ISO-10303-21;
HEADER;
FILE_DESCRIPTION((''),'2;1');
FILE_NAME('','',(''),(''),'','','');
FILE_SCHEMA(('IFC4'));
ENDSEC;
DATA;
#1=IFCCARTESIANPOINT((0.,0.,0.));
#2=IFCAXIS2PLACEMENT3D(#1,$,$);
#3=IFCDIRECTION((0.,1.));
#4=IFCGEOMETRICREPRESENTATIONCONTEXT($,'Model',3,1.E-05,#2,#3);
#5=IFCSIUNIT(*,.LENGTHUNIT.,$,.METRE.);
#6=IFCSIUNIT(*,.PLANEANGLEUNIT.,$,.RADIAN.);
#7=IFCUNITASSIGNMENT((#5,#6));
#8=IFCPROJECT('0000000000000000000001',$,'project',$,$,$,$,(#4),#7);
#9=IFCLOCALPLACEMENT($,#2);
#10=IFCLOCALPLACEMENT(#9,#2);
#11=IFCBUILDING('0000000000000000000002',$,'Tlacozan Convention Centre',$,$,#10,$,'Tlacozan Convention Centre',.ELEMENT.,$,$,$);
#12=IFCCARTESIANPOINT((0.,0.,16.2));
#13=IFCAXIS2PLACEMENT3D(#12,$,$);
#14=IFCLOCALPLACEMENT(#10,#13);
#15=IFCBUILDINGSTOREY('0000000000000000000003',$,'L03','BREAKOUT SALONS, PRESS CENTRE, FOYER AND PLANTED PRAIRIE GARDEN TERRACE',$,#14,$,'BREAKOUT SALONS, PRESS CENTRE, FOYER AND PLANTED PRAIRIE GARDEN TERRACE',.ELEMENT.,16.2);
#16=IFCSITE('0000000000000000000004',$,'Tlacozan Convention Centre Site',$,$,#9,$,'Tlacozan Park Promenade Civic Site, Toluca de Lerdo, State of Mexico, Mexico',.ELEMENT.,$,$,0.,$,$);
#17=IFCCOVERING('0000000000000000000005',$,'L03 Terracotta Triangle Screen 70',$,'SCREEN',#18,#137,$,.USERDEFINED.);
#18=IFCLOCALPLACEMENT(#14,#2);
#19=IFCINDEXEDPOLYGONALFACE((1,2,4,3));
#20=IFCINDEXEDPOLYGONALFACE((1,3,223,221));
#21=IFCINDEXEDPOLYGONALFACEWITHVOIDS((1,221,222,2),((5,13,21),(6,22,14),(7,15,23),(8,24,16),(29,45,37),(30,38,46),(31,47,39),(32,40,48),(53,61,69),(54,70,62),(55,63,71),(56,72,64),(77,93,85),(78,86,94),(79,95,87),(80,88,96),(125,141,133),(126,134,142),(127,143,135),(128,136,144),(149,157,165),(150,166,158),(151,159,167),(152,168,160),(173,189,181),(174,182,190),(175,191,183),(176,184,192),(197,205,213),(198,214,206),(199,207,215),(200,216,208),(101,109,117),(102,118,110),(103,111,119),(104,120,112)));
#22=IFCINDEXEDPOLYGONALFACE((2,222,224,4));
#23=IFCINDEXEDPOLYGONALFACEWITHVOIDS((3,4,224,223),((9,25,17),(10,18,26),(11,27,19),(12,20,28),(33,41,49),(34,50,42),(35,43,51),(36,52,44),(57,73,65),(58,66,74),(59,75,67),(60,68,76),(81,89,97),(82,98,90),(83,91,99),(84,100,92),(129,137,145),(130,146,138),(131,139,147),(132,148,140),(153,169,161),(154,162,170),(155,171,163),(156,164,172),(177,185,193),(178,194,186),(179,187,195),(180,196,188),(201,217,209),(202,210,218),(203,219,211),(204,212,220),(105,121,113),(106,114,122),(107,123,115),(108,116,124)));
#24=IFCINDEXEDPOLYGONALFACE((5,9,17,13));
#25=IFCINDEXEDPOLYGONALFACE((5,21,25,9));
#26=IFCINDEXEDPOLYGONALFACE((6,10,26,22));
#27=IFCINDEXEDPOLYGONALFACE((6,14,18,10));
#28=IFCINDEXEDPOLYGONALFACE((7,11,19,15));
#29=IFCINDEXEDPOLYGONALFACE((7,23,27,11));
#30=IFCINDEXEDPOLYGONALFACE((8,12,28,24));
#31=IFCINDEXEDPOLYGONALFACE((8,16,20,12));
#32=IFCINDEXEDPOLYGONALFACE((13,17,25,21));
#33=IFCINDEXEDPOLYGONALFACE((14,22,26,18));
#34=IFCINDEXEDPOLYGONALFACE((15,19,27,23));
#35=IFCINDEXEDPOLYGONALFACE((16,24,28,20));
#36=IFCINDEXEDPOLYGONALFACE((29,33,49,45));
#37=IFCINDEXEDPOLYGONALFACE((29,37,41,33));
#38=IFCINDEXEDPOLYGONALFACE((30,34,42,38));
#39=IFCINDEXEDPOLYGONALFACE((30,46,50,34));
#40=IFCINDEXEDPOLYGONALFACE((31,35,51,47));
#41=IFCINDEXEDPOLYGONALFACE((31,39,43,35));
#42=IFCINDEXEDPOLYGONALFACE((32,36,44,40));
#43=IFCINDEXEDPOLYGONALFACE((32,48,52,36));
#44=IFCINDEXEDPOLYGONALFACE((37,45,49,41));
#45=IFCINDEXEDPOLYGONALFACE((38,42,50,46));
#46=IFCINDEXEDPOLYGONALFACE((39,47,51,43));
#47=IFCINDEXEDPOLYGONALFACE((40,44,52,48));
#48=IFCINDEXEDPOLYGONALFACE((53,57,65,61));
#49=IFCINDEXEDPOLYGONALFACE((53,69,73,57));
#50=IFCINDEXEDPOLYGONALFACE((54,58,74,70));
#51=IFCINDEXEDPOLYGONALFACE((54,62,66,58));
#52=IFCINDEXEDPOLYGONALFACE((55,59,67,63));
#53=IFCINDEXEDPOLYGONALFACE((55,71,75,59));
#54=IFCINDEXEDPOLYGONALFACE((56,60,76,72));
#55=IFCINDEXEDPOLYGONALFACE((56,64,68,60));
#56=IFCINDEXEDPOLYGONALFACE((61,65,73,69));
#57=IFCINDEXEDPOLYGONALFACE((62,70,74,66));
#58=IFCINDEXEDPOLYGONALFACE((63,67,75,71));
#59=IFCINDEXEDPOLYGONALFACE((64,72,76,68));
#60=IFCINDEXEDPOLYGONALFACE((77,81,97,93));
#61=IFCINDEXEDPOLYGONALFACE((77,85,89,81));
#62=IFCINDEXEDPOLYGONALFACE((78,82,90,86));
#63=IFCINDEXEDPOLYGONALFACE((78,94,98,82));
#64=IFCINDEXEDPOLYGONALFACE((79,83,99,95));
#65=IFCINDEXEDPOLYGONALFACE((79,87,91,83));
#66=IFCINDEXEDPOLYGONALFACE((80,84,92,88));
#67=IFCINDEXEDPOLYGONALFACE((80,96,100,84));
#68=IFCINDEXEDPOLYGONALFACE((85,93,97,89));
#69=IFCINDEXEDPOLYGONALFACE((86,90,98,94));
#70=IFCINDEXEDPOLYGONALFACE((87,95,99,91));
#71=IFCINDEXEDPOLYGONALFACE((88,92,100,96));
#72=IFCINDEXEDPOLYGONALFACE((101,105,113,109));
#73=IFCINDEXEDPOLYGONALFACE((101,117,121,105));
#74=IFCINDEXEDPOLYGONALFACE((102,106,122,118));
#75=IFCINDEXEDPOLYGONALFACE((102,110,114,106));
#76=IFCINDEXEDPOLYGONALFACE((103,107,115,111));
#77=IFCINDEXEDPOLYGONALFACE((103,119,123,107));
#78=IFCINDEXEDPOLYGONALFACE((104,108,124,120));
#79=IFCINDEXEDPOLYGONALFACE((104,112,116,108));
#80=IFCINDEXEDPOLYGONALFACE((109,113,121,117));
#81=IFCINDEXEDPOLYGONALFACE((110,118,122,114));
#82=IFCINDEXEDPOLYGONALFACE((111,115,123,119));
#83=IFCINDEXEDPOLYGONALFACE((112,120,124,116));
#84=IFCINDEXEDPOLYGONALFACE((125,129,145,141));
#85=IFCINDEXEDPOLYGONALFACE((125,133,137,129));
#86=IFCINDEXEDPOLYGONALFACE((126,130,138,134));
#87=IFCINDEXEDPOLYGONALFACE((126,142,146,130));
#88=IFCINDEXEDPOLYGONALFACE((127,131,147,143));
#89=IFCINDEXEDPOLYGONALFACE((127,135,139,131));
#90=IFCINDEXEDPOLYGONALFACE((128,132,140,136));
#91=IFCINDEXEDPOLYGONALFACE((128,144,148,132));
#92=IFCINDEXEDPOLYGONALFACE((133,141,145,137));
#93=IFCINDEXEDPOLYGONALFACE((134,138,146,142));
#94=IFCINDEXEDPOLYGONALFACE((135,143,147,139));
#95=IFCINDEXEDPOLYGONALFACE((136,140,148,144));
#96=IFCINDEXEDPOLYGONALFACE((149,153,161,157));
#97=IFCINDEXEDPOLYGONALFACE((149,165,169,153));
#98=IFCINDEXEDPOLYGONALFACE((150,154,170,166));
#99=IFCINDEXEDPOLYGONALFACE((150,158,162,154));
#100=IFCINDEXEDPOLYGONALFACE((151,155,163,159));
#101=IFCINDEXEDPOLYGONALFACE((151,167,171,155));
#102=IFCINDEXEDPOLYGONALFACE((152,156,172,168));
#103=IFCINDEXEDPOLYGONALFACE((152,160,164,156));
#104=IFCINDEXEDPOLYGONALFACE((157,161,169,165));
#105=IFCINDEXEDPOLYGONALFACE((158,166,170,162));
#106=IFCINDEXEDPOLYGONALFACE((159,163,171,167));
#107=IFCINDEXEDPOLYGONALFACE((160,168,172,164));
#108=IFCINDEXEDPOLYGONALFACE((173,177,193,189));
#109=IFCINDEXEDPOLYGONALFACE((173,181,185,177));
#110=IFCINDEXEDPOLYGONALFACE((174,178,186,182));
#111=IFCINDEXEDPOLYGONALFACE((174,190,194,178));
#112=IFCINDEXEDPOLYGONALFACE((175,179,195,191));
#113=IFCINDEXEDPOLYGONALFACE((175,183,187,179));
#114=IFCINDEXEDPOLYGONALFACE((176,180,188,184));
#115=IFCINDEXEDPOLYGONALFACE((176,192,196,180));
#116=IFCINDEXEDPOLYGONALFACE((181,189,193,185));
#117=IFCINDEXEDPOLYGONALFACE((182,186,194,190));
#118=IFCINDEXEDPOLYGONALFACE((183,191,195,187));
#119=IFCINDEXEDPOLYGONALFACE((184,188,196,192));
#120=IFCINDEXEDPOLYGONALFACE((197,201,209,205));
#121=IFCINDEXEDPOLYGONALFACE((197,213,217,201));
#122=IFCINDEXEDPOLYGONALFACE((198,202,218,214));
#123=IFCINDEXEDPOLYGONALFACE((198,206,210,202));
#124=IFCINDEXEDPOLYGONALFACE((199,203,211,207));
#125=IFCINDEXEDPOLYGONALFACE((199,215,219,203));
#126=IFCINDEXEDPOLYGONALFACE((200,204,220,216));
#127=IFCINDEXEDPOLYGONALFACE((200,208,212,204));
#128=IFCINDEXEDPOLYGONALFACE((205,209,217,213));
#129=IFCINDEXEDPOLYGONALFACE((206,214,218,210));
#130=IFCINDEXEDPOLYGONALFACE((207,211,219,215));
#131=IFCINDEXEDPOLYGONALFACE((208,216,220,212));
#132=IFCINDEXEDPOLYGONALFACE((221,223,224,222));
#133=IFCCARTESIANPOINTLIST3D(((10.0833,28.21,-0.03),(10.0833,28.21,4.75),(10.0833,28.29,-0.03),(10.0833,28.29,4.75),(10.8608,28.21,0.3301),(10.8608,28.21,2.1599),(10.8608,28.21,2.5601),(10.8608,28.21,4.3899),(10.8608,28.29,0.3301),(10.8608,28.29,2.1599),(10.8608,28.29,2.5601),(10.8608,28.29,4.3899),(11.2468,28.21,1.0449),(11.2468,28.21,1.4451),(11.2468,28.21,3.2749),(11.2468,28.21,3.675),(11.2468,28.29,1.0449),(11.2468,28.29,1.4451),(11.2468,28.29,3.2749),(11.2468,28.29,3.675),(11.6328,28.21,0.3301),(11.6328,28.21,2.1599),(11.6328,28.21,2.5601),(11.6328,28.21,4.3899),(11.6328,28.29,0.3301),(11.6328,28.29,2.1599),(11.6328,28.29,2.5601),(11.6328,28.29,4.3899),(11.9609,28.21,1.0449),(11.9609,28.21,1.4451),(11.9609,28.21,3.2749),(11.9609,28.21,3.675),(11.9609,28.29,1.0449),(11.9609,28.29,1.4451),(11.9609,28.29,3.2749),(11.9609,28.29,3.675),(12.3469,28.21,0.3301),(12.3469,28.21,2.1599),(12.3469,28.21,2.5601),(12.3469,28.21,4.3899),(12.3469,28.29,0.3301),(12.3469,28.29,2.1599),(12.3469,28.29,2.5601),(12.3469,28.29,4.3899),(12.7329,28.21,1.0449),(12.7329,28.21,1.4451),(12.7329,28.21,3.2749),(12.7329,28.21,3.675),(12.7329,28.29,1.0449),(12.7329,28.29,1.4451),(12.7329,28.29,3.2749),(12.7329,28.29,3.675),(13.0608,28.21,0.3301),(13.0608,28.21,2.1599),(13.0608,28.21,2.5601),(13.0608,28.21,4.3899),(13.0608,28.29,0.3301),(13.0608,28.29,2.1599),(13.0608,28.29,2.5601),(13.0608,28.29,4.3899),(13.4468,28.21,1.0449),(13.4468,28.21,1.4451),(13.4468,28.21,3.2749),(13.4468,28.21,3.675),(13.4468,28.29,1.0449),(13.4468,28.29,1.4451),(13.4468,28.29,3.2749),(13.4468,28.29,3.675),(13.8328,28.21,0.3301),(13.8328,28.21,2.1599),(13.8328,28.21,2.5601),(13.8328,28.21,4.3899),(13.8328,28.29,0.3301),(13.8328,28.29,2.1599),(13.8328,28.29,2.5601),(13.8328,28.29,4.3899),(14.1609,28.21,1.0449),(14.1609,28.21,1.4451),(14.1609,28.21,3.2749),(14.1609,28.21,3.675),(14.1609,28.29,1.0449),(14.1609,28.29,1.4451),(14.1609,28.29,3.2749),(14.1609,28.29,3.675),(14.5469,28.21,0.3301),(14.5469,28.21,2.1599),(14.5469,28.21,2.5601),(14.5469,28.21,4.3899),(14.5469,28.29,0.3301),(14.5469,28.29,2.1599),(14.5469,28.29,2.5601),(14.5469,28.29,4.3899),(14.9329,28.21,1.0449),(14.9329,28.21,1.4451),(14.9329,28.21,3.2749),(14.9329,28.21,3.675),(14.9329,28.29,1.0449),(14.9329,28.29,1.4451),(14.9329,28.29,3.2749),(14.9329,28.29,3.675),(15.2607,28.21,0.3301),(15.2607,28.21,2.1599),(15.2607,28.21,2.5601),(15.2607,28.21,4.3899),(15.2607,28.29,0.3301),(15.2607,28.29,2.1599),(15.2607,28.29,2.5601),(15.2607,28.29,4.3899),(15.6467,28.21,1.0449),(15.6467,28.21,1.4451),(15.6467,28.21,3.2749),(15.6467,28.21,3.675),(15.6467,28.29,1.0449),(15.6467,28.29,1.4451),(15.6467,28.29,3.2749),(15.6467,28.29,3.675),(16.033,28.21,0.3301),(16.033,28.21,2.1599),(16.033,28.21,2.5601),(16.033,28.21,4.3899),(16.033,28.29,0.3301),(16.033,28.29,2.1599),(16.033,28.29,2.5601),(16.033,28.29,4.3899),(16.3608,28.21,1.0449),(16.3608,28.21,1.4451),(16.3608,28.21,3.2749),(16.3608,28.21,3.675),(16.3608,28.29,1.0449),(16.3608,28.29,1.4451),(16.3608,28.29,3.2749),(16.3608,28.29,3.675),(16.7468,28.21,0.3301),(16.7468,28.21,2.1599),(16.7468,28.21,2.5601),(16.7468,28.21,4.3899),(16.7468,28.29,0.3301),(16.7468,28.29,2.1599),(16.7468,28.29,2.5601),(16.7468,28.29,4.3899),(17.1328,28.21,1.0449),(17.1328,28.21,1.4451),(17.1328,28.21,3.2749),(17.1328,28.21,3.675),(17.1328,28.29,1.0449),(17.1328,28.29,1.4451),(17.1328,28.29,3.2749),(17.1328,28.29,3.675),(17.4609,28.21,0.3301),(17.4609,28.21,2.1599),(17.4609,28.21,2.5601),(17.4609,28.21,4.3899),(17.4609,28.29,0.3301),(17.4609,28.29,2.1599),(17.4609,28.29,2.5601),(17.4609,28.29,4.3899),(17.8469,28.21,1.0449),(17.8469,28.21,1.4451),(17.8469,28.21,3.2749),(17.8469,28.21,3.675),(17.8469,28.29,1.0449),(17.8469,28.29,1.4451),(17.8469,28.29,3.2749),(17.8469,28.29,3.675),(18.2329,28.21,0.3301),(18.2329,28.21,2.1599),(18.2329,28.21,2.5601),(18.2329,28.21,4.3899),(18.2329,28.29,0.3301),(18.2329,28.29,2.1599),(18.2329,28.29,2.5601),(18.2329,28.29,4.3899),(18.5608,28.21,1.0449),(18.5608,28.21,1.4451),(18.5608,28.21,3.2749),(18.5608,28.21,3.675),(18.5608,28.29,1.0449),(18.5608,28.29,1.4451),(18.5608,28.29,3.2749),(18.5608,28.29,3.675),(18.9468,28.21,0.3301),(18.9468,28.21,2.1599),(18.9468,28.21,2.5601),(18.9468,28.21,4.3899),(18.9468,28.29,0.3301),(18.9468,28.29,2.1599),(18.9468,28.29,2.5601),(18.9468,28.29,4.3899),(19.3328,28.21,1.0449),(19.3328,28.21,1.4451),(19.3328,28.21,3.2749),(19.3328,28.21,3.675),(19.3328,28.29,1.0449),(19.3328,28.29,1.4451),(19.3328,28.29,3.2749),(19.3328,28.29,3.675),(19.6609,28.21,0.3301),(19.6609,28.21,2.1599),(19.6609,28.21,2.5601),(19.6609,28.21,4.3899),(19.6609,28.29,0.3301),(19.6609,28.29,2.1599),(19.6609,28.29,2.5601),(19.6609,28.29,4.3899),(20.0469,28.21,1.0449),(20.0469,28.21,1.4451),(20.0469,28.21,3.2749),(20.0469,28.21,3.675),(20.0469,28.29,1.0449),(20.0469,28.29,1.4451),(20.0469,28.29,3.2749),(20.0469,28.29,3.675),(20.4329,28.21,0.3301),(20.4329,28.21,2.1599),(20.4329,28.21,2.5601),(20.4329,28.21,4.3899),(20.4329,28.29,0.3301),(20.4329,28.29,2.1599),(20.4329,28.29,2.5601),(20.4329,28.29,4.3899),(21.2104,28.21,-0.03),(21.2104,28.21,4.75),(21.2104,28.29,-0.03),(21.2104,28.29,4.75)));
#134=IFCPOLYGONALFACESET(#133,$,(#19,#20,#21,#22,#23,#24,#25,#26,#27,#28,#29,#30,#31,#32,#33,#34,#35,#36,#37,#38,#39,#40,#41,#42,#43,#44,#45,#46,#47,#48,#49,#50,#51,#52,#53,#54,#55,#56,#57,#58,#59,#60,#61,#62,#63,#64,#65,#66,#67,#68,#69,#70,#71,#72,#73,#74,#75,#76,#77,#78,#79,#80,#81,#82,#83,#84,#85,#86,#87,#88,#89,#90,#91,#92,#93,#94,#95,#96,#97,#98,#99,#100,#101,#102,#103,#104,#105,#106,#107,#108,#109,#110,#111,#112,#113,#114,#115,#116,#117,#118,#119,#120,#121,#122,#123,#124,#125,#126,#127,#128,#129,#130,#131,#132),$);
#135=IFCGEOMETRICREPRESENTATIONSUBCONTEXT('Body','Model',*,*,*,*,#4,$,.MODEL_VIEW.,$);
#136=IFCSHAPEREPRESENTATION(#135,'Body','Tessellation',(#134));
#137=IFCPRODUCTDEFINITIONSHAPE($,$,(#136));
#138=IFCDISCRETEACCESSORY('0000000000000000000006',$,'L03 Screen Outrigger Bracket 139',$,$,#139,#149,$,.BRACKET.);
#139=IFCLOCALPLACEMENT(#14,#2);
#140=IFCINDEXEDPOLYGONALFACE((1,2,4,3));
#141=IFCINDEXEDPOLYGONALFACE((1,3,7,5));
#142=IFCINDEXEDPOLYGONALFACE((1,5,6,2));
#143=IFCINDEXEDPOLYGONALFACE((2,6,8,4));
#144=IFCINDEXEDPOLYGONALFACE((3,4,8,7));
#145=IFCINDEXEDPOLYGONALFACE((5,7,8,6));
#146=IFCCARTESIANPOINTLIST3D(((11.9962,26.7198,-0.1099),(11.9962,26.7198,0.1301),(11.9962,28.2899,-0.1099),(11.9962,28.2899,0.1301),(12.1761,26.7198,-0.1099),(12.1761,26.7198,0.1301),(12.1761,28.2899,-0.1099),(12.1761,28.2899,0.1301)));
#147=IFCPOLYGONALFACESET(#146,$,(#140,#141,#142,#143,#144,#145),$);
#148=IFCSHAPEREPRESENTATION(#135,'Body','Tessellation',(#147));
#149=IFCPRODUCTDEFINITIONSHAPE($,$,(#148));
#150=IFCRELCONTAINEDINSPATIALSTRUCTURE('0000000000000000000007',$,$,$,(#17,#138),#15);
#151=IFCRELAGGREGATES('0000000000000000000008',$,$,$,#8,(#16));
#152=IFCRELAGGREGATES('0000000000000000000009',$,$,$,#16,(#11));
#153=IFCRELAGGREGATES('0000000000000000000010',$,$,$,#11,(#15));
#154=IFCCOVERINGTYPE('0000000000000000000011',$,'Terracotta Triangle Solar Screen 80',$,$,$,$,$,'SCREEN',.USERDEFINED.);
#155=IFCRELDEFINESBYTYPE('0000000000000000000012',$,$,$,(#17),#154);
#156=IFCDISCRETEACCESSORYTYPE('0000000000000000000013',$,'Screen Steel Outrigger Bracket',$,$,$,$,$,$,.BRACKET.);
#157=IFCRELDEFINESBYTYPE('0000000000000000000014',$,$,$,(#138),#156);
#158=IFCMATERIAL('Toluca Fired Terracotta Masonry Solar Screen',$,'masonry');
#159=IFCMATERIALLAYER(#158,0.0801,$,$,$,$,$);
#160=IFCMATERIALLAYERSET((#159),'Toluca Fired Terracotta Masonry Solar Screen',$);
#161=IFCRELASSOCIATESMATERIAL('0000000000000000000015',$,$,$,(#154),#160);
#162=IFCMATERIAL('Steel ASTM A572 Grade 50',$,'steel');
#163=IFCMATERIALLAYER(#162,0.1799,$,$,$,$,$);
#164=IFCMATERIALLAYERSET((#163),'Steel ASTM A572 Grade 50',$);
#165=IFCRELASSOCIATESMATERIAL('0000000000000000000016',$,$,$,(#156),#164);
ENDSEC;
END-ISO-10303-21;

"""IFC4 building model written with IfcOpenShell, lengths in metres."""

from ifc_helpers import new_model, si_unit, direction, frame, origin, origin_2d, place, context, subcontext, project, spatial, polyline, rectangle, outline, extrude, material, layer, layer_set, type_object, element, save


model = new_model("IFC4")

# Units and contexts
model_context = context("Model", 3, precision=1e-05, world=origin(), true_north=direction((0.0, 1.0)))
body_context = subcontext(model_context, "Body", "Model", "MODEL_VIEW")
ifc_project = project(units=[si_unit("LENGTHUNIT", "METRE"), si_unit("PLANEANGLEUNIT", "RADIAN")], contexts=[model_context])

# Site, building, storey
site_placement = place(None, origin())
site = spatial("IfcSite", under=ifc_project, at=site_placement, Name="Tlacozan Convention Centre Site", LongName="Tlacozan Park Promenade Civic Site, Toluca de Lerdo, State of Mexico, Mexico", CompositionType="ELEMENT", RefElevation=0.0)
building_placement = place(site_placement, origin())
building = spatial("IfcBuilding", under=site, at=building_placement, Name="Tlacozan Convention Centre", LongName="Tlacozan Convention Centre", CompositionType="ELEMENT")
storey_placement = place(building_placement, frame((0.0, 0.0, 16.2)))
storey = spatial("IfcBuildingStorey", under=building, at=storey_placement, Name="L03", Description="BREAKOUT SALONS, PRESS CENTRE, FOYER AND PLANTED PRAIRIE GARDEN TERRACE", LongName="BREAKOUT SALONS, PRESS CENTRE, FOYER AND PLANTED PRAIRIE GARDEN TERRACE", CompositionType="ELEMENT", Elevation=16.2)

# Covering
ifc_material_1 = material(Name="Toluca Fired Terracotta Masonry Solar Screen", Category="masonry")
ifc_layer_1 = layer(ifc_material_1, 0.0801)
ifc_layer_set_1 = layer_set([ifc_layer_1], Name="Toluca Fired Terracotta Masonry Solar Screen")
covering_type = type_object("IfcCoveringType", Name="Terracotta Triangle Solar Screen 80", ElementType="SCREEN", PredefinedType="USERDEFINED", material=ifc_layer_set_1)
covering_placement = place(storey_placement, frame((10.0833, 28.25, -0.03), z_axis=(0.0, 0.0, 1.0), x_axis=(1.0, 0.0, 0.0)))
element("IfcCovering", 1, at=covering_placement, inside=storey, type_object=covering_type, Name="L03 Terracotta Triangle Screen 70", ObjectType="SCREEN", PredefinedType="USERDEFINED", context=body_context, shape_type="SweptSolid", body=[
    extrude(outline(polyline([(0.0, 0.0), (11.1272, 0.0), (11.1272, 4.78), (0.0, 4.78), (0.0, 0.0)]), holes=[polyline([(0.7776, 0.3601), (1.5496, 0.3601), (1.1636, 1.075), (0.7776, 0.3601)]), polyline([(1.8777, 1.075), (2.6497, 1.075), (2.2637, 0.3601), (1.8777, 1.075)]), polyline([(2.9775, 0.3601), (3.7495, 0.3601), (3.3635, 1.075), (2.9775, 0.3601)]), polyline([(4.0776, 1.075), (4.8496, 1.075), (4.4636, 0.3601), (4.0776, 1.075)]), polyline([(5.1775, 0.3601), (5.9497, 0.3601), (5.5635, 1.075), (5.1775, 0.3601)]), polyline([(6.2776, 1.075), (7.0496, 1.075), (6.6636, 0.3601), (6.2776, 1.075)]), polyline([(7.3777, 0.3601), (8.1497, 0.3601), (7.7637, 1.075), (7.3777, 0.3601)]), polyline([(8.4775, 1.075), (9.2495, 1.075), (8.8635, 0.3601), (8.4775, 1.075)]), polyline([(9.5776, 0.3601), (10.3496, 0.3601), (9.9636, 1.075), (9.5776, 0.3601)]), polyline([(0.7776, 2.1899), (1.5496, 2.1899), (1.1636, 1.4751), (0.7776, 2.1899)]), polyline([(1.8777, 1.4751), (2.6497, 1.4751), (2.2637, 2.1899), (1.8777, 1.4751)]), polyline([(2.9775, 2.1899), (3.7495, 2.1899), (3.3635, 1.4751), (2.9775, 2.1899)]), polyline([(4.0776, 1.4751), (4.8496, 1.4751), (4.4636, 2.1899), (4.0776, 1.4751)]), polyline([(5.1775, 2.1899), (5.9497, 2.1899), (5.5635, 1.4751), (5.1775, 2.1899)]), polyline([(6.2776, 1.4751), (7.0496, 1.4751), (6.6636, 2.1899), (6.2776, 1.4751)]), polyline([(7.3777, 2.1899), (8.1497, 2.1899), (7.7637, 1.4751), (7.3777, 2.1899)]), polyline([(8.4775, 1.4751), (9.2495, 1.4751), (8.8635, 2.1899), (8.4775, 1.4751)]), polyline([(9.5776, 2.1899), (10.3496, 2.1899), (9.9636, 1.4751), (9.5776, 2.1899)]), polyline([(0.7776, 2.5901), (1.5496, 2.5901), (1.1636, 3.3049), (0.7776, 2.5901)]), polyline([(1.8777, 3.3049), (2.6497, 3.3049), (2.2637, 2.5901), (1.8777, 3.3049)]), polyline([(2.9775, 2.5901), (3.7495, 2.5901), (3.3635, 3.3049), (2.9775, 2.5901)]), polyline([(4.0776, 3.3049), (4.8496, 3.3049), (4.4636, 2.5901), (4.0776, 3.3049)]), polyline([(5.1775, 2.5901), (5.9497, 2.5901), (5.5635, 3.3049), (5.1775, 2.5901)]), polyline([(6.2776, 3.3049), (7.0496, 3.3049), (6.6636, 2.5901), (6.2776, 3.3049)]), polyline([(7.3777, 2.5901), (8.1497, 2.5901), (7.7637, 3.3049), (7.3777, 2.5901)]), polyline([(8.4775, 3.3049), (9.2495, 3.3049), (8.8635, 2.5901), (8.4775, 3.3049)]), polyline([(9.5776, 2.5901), (10.3496, 2.5901), (9.9636, 3.3049), (9.5776, 2.5901)]), polyline([(0.7776, 4.4199), (1.5496, 4.4199), (1.1636, 3.7051), (0.7776, 4.4199)]), polyline([(1.8777, 3.7051), (2.6497, 3.7051), (2.2637, 4.4199), (1.8777, 3.7051)]), polyline([(2.9775, 4.4199), (3.7495, 4.4199), (3.3635, 3.7051), (2.9775, 4.4199)]), polyline([(4.0776, 3.7051), (4.8496, 3.7051), (4.4636, 4.4199), (4.0776, 3.7051)]), polyline([(5.1775, 4.4199), (5.9497, 4.4199), (5.5635, 3.7051), (5.1775, 4.4199)]), polyline([(6.2776, 3.7051), (7.0496, 3.7051), (6.6636, 4.4199), (6.2776, 3.7051)]), polyline([(7.3777, 4.4199), (8.1497, 4.4199), (7.7637, 3.7051), (7.3777, 4.4199)]), polyline([(8.4775, 3.7051), (9.2495, 3.7051), (8.8635, 4.4199), (8.4775, 3.7051)]), polyline([(9.5776, 4.4199), (10.3496, 4.4199), (9.9636, 3.7051), (9.5776, 4.4199)])]), frame((0.0, 0.04, 0.0), z_axis=(0.0, -1.0, 0.0), x_axis=(1.0, 0.0, 0.0)), (0.0, 0.0, 1.0), 0.0801),
])

# Discrete accessory
ifc_material_2 = material(Name="Steel ASTM A572 Grade 50", Category="steel")
ifc_layer_2 = layer(ifc_material_2, 0.1799)
ifc_layer_set_2 = layer_set([ifc_layer_2], Name="Steel ASTM A572 Grade 50")
discrete_accessory_type = type_object("IfcDiscreteAccessoryType", Name="Screen Steel Outrigger Bracket", PredefinedType="BRACKET", material=ifc_layer_set_2)
discrete_accessory_placement = place(storey_placement, frame((12.0862, 27.5049, -0.1099), z_axis=(0.0, 0.0, 1.0), x_axis=(0.0, -1.0, 0.0)))
element("IfcDiscreteAccessory", 2, at=discrete_accessory_placement, inside=storey, type_object=discrete_accessory_type, Name="L03 Screen Outrigger Bracket 139", PredefinedType="BRACKET", context=body_context, shape_type="SweptSolid", body=[
    extrude(rectangle(XDim=1.5701, YDim=0.1799, at=origin_2d()), origin(), (0.0, 0.0, 1.0), 0.24),
])

save(model, "model.ifc")
